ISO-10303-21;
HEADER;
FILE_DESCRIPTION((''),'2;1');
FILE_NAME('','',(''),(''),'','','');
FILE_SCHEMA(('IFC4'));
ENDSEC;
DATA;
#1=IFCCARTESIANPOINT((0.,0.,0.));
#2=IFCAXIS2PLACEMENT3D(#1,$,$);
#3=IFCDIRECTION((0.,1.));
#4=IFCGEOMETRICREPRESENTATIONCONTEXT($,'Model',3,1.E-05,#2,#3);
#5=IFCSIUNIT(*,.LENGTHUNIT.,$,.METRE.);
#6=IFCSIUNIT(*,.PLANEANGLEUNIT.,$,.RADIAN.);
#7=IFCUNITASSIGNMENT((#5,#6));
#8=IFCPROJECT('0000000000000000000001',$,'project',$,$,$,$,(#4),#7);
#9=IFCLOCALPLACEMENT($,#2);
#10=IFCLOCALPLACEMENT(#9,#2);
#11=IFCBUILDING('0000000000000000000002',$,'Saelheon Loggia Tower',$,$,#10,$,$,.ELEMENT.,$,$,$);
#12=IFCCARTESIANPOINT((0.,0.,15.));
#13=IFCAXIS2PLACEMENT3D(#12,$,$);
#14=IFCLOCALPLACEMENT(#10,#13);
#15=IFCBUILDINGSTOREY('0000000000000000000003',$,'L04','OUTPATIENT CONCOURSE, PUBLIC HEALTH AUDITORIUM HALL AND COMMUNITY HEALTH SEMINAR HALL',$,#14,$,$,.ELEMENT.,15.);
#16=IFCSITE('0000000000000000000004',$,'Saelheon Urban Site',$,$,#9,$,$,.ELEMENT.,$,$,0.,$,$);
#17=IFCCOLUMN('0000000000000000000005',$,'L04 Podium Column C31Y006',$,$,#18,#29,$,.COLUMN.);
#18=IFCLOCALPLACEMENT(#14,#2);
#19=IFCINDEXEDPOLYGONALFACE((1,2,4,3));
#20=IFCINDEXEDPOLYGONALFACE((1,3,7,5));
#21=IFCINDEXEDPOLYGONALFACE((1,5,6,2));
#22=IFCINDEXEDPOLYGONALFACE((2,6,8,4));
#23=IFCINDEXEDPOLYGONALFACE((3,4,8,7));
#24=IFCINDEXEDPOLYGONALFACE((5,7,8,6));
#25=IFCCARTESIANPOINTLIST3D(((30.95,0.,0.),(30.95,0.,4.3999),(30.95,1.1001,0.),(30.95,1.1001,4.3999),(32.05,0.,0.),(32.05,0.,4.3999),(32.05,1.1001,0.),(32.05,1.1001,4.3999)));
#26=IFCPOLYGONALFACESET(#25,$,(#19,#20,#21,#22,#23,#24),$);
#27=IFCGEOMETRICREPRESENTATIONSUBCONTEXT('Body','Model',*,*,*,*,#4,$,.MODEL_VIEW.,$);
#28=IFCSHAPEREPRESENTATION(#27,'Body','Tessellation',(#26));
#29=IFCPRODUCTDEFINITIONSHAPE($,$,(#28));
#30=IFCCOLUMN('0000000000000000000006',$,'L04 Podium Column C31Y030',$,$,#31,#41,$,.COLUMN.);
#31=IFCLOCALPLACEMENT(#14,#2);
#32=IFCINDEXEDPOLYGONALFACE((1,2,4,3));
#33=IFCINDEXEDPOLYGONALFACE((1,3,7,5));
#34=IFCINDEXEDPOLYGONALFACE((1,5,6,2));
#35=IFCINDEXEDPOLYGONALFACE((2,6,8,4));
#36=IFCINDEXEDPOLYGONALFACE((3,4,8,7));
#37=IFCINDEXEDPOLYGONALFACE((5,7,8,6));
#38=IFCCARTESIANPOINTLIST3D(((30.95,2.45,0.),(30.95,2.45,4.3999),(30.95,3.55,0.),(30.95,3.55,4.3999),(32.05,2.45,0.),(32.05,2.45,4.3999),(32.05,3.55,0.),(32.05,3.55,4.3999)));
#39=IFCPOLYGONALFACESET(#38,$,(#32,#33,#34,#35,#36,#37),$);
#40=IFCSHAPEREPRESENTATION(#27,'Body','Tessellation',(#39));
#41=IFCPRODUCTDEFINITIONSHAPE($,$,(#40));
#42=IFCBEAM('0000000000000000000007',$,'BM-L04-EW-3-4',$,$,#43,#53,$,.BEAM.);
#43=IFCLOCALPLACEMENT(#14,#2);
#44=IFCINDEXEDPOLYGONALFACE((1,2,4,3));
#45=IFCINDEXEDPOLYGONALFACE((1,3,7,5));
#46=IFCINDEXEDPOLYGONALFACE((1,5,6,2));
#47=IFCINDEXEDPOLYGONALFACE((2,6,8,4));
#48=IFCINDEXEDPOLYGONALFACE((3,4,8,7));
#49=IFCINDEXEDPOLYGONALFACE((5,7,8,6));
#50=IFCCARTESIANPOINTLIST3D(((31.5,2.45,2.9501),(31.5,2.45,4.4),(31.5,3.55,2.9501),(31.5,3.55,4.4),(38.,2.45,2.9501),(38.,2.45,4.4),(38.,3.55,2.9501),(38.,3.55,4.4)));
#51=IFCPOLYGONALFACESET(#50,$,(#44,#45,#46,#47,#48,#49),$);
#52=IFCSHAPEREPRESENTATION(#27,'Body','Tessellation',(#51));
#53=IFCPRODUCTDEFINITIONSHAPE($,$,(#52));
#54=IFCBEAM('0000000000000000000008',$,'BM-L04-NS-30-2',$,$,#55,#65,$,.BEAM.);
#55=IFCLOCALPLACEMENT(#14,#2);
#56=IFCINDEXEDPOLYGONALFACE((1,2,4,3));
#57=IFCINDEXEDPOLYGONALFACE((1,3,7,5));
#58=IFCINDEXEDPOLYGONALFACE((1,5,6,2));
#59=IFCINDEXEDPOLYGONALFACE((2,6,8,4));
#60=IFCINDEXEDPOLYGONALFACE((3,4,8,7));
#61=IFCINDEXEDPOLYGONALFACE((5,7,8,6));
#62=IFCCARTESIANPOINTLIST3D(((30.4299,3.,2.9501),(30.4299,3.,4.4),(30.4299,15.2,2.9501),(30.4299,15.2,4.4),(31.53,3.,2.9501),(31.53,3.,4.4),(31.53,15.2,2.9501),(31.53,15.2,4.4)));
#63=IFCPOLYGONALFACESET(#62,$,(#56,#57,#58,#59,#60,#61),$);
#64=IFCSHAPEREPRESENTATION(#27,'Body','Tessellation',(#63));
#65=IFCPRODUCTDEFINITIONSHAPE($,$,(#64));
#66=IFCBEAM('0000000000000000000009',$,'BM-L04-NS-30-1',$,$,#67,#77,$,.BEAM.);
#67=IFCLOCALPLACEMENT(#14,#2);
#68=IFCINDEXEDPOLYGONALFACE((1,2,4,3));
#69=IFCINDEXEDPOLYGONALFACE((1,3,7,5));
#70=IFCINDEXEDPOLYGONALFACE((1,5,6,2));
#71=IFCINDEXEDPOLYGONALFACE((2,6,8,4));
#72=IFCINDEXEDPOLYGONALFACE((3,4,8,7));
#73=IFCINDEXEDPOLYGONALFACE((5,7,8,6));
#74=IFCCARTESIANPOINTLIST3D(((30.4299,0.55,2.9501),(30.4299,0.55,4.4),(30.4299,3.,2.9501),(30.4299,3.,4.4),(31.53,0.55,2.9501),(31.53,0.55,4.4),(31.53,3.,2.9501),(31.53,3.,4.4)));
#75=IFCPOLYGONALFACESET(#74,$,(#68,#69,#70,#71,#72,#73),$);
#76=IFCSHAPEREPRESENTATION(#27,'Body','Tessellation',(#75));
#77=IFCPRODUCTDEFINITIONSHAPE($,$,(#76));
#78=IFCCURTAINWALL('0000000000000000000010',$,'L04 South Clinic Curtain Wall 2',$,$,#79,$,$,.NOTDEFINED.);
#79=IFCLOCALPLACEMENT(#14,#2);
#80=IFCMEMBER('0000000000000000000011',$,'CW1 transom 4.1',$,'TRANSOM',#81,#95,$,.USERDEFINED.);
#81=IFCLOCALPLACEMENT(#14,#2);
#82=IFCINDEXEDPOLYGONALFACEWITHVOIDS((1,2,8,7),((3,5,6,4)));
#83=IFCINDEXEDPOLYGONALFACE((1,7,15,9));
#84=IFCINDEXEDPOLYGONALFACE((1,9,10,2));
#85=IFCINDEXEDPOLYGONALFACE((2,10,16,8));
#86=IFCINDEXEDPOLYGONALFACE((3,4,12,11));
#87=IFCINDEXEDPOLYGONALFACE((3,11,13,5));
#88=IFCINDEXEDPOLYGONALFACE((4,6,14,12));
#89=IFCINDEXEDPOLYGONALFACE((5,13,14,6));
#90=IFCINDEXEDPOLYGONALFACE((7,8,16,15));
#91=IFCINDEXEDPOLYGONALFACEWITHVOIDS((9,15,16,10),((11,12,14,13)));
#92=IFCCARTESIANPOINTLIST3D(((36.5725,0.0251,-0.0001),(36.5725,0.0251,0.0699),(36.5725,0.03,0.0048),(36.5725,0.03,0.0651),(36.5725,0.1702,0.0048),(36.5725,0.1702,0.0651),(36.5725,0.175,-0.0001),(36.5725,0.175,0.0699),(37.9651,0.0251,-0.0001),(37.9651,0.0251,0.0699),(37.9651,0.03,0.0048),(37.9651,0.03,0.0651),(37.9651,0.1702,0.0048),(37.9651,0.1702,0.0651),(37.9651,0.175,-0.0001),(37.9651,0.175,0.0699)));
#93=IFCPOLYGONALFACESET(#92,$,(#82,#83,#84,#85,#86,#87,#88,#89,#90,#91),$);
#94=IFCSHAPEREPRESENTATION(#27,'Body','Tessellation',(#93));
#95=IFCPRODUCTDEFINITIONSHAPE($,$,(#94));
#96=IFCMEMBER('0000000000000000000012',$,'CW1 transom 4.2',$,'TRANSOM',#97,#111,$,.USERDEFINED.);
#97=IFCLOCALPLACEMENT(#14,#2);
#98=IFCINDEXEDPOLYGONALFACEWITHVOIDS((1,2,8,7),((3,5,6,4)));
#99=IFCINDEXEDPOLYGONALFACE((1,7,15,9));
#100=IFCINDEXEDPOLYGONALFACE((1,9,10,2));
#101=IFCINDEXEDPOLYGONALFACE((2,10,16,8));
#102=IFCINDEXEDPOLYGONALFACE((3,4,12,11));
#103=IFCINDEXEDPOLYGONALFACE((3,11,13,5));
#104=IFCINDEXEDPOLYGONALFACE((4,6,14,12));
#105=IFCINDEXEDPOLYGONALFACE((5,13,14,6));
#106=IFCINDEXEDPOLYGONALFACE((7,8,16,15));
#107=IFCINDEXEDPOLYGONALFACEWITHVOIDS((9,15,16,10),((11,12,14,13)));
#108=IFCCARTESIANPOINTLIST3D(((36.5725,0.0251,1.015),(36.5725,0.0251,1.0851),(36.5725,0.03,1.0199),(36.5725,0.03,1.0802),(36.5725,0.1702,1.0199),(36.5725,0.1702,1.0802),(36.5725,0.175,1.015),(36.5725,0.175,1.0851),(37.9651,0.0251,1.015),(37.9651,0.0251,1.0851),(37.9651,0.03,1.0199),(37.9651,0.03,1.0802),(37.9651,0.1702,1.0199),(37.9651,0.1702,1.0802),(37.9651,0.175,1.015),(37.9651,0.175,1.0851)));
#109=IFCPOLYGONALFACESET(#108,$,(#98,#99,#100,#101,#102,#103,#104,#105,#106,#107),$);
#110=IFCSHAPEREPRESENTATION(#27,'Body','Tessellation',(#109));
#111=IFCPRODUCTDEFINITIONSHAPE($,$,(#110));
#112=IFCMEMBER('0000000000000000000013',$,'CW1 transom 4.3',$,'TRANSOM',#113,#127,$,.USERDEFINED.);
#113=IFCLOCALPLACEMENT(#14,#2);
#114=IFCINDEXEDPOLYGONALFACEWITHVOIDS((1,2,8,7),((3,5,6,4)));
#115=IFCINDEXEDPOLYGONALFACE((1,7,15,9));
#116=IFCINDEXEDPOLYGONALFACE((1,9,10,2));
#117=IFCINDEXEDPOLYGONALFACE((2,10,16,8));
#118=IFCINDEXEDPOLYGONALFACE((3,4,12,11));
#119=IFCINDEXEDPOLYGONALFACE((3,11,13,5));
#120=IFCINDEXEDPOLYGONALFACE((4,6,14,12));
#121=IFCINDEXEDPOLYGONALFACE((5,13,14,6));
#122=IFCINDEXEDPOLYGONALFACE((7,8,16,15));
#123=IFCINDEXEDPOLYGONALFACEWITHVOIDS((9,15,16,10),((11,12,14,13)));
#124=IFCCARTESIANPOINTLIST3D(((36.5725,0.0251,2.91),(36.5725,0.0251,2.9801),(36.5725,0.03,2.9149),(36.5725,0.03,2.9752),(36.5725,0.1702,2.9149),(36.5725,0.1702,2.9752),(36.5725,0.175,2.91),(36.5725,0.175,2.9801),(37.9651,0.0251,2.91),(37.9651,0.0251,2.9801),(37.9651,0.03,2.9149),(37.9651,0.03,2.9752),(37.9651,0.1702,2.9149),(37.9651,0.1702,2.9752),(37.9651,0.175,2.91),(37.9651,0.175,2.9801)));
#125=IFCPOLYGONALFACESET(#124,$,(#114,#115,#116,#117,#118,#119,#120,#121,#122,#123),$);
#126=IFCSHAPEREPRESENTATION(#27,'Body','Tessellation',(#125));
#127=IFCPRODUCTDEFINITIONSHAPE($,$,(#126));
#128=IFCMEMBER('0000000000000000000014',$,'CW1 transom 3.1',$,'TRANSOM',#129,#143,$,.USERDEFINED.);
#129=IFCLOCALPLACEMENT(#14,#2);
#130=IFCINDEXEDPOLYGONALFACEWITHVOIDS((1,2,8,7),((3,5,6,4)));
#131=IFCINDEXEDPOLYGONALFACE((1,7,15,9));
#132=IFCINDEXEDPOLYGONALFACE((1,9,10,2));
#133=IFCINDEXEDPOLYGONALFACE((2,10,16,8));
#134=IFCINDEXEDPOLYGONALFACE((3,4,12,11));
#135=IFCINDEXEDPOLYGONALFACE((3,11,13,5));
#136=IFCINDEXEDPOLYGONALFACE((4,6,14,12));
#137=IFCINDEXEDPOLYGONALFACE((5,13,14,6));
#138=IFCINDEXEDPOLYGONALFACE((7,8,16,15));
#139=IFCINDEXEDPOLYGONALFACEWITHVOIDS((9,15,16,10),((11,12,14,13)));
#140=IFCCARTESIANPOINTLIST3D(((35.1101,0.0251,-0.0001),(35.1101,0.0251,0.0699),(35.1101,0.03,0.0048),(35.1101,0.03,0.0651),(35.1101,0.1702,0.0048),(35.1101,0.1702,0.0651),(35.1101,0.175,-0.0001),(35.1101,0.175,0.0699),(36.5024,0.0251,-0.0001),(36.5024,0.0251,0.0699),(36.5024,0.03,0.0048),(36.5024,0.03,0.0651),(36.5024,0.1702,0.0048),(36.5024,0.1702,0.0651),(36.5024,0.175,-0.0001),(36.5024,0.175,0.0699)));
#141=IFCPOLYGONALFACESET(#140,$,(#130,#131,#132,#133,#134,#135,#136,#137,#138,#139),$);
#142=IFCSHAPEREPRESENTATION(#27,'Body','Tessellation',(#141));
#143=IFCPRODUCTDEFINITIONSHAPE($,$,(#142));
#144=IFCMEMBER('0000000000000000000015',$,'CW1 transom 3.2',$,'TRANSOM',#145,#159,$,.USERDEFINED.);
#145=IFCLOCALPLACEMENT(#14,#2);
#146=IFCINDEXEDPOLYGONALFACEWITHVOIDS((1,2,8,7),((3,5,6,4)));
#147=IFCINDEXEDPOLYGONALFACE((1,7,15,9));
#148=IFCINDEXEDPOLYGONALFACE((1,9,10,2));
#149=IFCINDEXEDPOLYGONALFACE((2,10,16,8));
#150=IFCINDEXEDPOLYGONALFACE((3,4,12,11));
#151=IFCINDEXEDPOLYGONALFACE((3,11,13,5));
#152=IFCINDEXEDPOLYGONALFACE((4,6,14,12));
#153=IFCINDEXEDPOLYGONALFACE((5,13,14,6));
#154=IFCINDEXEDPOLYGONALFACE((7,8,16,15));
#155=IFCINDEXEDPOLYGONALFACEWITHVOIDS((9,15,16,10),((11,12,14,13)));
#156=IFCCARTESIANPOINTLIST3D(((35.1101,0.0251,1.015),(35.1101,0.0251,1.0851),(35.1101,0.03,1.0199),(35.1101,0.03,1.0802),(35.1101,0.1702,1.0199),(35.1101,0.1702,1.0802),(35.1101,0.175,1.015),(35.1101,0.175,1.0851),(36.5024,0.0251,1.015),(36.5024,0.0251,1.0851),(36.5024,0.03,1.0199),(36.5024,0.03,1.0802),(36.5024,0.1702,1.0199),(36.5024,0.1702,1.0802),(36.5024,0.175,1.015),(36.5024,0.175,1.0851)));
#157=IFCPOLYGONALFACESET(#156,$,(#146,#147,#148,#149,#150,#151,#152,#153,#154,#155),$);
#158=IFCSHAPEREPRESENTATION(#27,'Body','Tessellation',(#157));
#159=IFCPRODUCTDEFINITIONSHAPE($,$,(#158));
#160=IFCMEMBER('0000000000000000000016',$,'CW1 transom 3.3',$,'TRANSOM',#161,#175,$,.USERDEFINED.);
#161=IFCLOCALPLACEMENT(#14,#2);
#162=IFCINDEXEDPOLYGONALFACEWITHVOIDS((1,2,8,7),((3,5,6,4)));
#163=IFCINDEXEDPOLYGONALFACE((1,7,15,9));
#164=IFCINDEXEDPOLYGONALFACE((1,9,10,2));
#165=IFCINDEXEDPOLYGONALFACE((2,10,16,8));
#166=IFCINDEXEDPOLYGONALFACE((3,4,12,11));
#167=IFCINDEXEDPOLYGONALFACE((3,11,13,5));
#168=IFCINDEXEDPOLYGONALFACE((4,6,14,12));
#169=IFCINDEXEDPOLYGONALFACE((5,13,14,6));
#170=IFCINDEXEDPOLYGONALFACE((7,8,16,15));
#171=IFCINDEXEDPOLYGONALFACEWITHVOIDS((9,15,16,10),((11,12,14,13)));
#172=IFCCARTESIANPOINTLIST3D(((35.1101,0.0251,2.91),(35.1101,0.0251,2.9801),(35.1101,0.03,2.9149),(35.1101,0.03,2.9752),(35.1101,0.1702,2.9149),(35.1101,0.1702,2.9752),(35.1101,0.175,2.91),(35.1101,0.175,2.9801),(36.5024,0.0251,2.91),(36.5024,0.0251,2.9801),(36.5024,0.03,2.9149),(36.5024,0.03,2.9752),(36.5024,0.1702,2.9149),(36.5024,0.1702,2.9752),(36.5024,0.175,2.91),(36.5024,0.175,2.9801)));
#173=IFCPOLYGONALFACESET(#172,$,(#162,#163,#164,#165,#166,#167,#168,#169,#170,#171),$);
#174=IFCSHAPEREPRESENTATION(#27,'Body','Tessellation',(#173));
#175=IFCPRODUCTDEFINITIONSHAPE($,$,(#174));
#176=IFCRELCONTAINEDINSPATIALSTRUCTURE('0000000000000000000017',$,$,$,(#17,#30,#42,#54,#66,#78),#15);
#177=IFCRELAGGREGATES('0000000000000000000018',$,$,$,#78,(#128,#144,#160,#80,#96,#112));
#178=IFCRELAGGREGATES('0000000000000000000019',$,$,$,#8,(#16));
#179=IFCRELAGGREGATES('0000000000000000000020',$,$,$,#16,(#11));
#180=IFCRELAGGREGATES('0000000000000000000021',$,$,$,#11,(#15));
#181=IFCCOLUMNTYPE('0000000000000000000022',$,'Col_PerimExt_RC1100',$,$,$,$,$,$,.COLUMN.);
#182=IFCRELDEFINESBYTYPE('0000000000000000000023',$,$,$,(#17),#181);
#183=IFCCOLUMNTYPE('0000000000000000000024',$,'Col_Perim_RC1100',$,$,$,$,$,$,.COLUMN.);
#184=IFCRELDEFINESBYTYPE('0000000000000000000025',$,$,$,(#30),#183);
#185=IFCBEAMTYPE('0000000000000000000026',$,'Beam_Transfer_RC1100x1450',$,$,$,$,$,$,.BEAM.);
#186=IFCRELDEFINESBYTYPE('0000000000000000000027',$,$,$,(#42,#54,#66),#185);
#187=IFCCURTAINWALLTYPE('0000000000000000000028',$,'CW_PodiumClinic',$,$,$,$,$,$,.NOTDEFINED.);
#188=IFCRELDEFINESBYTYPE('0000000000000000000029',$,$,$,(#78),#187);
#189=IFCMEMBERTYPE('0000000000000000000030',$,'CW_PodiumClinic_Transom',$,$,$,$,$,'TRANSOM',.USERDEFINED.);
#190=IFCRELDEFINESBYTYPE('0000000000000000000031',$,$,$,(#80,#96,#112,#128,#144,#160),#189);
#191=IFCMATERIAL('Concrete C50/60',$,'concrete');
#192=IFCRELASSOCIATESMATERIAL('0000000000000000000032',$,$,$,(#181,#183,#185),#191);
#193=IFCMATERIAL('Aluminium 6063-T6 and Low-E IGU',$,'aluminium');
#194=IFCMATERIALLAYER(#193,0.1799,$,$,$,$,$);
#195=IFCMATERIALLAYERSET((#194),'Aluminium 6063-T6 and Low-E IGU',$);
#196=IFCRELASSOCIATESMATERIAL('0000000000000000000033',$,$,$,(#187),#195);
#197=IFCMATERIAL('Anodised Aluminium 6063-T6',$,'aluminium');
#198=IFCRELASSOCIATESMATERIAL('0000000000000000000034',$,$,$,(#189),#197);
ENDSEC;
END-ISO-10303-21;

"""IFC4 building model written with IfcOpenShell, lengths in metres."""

from ifc_helpers import new_model, si_unit, direction, frame, origin, origin_2d, place, context, subcontext, project, spatial, rectangle, hollow_rectangle, extrude, source, transform, mapped, material, layer, layer_set, material_profile, profile_set, type_object, element, aggregate, save


model = new_model("IFC4")

# Units and contexts
model_context = context("Model", 3, precision=1e-05, world=origin(), true_north=direction((0.0, 1.0)))
body_context = subcontext(model_context, "Body", "Model", "MODEL_VIEW")
ifc_project = project(units=[si_unit("LENGTHUNIT", "METRE"), si_unit("PLANEANGLEUNIT", "RADIAN")], contexts=[model_context])

# Site, building, storey
site_placement = place(None, origin())
site = spatial("IfcSite", under=ifc_project, at=site_placement, Name="Saelheon Urban Site", CompositionType="ELEMENT", RefElevation=0.0)
building_placement = place(site_placement, origin())
building = spatial("IfcBuilding", under=site, at=building_placement, Name="Saelheon Loggia Tower", CompositionType="ELEMENT")
storey_placement = place(building_placement, frame((0.0, 0.0, 15.0)))
storey = spatial("IfcBuildingStorey", under=building, at=storey_placement, Name="L04", Description="OUTPATIENT CONCOURSE, PUBLIC HEALTH AUDITORIUM HALL AND COMMUNITY HEALTH SEMINAR HALL", CompositionType="ELEMENT", Elevation=15.0)

# Columns
ifc_material_1 = material(Name="Concrete C50/60", Category="concrete")
ifc_material_profile_1 = material_profile(ifc_material_1, rectangle(XDim=1.1001, YDim=1.1001, at=origin_2d()), Name="RC-1100x1100")
ifc_profile_set_1 = profile_set([ifc_material_profile_1], Name="Concrete C50/60")
column_type_1 = type_object("IfcColumnType", Name="Col_PerimExt_RC1100", PredefinedType="COLUMN", material=ifc_profile_set_1)
shared_shape_1 = source(origin(), body_context, "Body", "SweptSolid", [
    extrude(rectangle(XDim=1.1001, YDim=1.1001, at=origin_2d()), origin(), (0.0, 0.0, 1.0), 4.3999),
])
column_1_placement = place(storey_placement, frame((31.5, 0.55, 0.0), z_axis=(0.0, 0.0, 1.0), x_axis=(1.0, 0.0, 0.0)))
element("IfcColumn", 1, at=column_1_placement, inside=storey, type_object=column_type_1, Name="L04 Podium Column C31Y006", PredefinedType="COLUMN", context=body_context, shape_type="MappedRepresentation", body=[
    mapped(shared_shape_1, transform((0.0, 0.0, 0.0), scale=1.0)),
])
ifc_material_profile_2 = material_profile(ifc_material_1, rectangle(XDim=1.1001, YDim=1.1001, at=origin_2d()), Name="RC-1100x1100")
ifc_profile_set_2 = profile_set([ifc_material_profile_2], Name="Concrete C50/60")
column_type_2 = type_object("IfcColumnType", Name="Col_Perim_RC1100", PredefinedType="COLUMN", material=ifc_profile_set_2)
column_2_placement = place(storey_placement, frame((31.5, 3.0, 0.0), z_axis=(0.0, 0.0, 1.0), x_axis=(1.0, 0.0, 0.0)))
element("IfcColumn", 2, at=column_2_placement, inside=storey, type_object=column_type_2, Name="L04 Podium Column C31Y030", PredefinedType="COLUMN", context=body_context, shape_type="MappedRepresentation", body=[
    mapped(shared_shape_1, transform((0.0, 0.0, 0.0), scale=1.0)),
])

# Beams
ifc_material_profile_3 = material_profile(ifc_material_1, rectangle(XDim=1.1001, YDim=1.45, at=origin_2d()), Name="RC-1100x1450")
ifc_profile_set_3 = profile_set([ifc_material_profile_3], Name="Concrete C50/60")
beam_type = type_object("IfcBeamType", Name="Beam_Transfer_RC1100x1450", PredefinedType="BEAM", material=ifc_profile_set_3)
shared_shape_2 = source(origin(), body_context, "Body", "SweptSolid", [
    extrude(rectangle(XDim=1.1001, YDim=1.45, at=origin_2d()), origin(), (0.0, 0.0, 1.0), 6.5),
])
beam_1_placement = place(storey_placement, frame((31.5, 3.0, 3.675), z_axis=(1.0, 0.0, 0.0), x_axis=(0.0, 1.0, 0.0)))
element("IfcBeam", 3, at=beam_1_placement, inside=storey, type_object=beam_type, Name="BM-L04-EW-3-4", PredefinedType="BEAM", context=body_context, shape_type="MappedRepresentation", body=[
    mapped(shared_shape_2, transform((0.0, 0.0, 0.0), scale=1.0)),
])
shared_shape_3 = source(origin(), body_context, "Body", "SweptSolid", [
    extrude(rectangle(XDim=1.1001, YDim=1.45, at=origin_2d()), origin(), (0.0, 0.0, 1.0), 12.2),
])
beam_2_placement = place(storey_placement, frame((30.98, 3.0, 3.675), z_axis=(0.0, 1.0, 0.0), x_axis=(-1.0, 0.0, 0.0)))
element("IfcBeam", 4, at=beam_2_placement, inside=storey, type_object=beam_type, Name="BM-L04-NS-30-2", PredefinedType="BEAM", context=body_context, shape_type="MappedRepresentation", body=[
    mapped(shared_shape_3, transform((0.0, 0.0, 0.0), scale=1.0)),
])
shared_shape_4 = source(origin(), body_context, "Body", "SweptSolid", [
    extrude(rectangle(XDim=1.1001, YDim=1.45, at=origin_2d()), origin(), (0.0, 0.0, 1.0), 2.45),
])
beam_3_placement = place(storey_placement, frame((30.98, 0.55, 3.675), z_axis=(0.0, 1.0, 0.0), x_axis=(-1.0, 0.0, 0.0)))
element("IfcBeam", 5, at=beam_3_placement, inside=storey, type_object=beam_type, Name="BM-L04-NS-30-1", PredefinedType="BEAM", context=body_context, shape_type="MappedRepresentation", body=[
    mapped(shared_shape_4, transform((0.0, 0.0, 0.0), scale=1.0)),
])

# Curtain wall, members
ifc_material_2 = material(Name="Aluminium 6063-T6 and Low-E IGU", Category="aluminium")
ifc_layer_1 = layer(ifc_material_2, 0.1799)
ifc_layer_set_1 = layer_set([ifc_layer_1], Name="Aluminium 6063-T6 and Low-E IGU")
curtain_wall_type = type_object("IfcCurtainWallType", Name="CW_PodiumClinic", PredefinedType="NOTDEFINED", material=ifc_layer_set_1)
curtain_wall_placement = place(storey_placement, origin())
curtain_wall = element("IfcCurtainWall", 6, at=curtain_wall_placement, inside=storey, type_object=curtain_wall_type, Name="L04 South Clinic Curtain Wall 2", PredefinedType="NOTDEFINED")
ifc_material_3 = material(Name="Anodised Aluminium 6063-T6", Category="aluminium")
ifc_material_profile_4 = material_profile(ifc_material_3, hollow_rectangle(XDim=0.0701, YDim=0.1499, WallThickness=0.0049, at=origin_2d()), Name="RHS-150x70x5")
ifc_profile_set_4 = profile_set([ifc_material_profile_4], Name="Anodised Aluminium 6063-T6")
member_type_1 = type_object("IfcMemberType", Name="CW_PodiumClinic_Transom", ElementType="TRANSOM", PredefinedType="USERDEFINED", material=ifc_profile_set_4)
shared_shape_5 = source(origin(), body_context, "Body", "SweptSolid", [
    extrude(hollow_rectangle(XDim=0.0701, YDim=0.1499, WallThickness=0.0049, at=origin_2d()), origin(), (0.0, 0.0, 1.0), 1.3926),
])
member_1_placement = place(storey_placement, frame((36.5725, 0.1001, 0.0349), z_axis=(1.0, 0.0, 0.0), x_axis=(0.0, 0.0, 1.0)))
member_1 = element("IfcMember", 7, at=member_1_placement, type_object=member_type_1, Name="CW1 transom 4.1", ObjectType="TRANSOM", PredefinedType="USERDEFINED", context=body_context, shape_type="MappedRepresentation", body=[
    mapped(shared_shape_5, transform((0.0, 0.0, 0.0), scale=1.0)),
])
member_2_placement = place(storey_placement, frame((36.5725, 0.1001, 1.05), z_axis=(1.0, 0.0, 0.0), x_axis=(0.0, 0.0, 1.0)))
member_2 = element("IfcMember", 8, at=member_2_placement, type_object=member_type_1, Name="CW1 transom 4.2", ObjectType="TRANSOM", PredefinedType="USERDEFINED", context=body_context, shape_type="MappedRepresentation", body=[
    mapped(shared_shape_5, transform((0.0, 0.0, 0.0), scale=1.0)),
])
member_3_placement = place(storey_placement, frame((36.5725, 0.1001, 2.9451), z_axis=(1.0, 0.0, 0.0), x_axis=(0.0, 0.0, 1.0)))
member_3 = element("IfcMember", 9, at=member_3_placement, type_object=member_type_1, Name="CW1 transom 4.3", ObjectType="TRANSOM", PredefinedType="USERDEFINED", context=body_context, shape_type="MappedRepresentation", body=[
    mapped(shared_shape_5, transform((0.0, 0.0, 0.0), scale=1.0)),
])
shared_shape_6 = source(origin(), body_context, "Body", "SweptSolid", [
    extrude(hollow_rectangle(XDim=0.0701, YDim=0.1499, WallThickness=0.0049, at=origin_2d()), origin(), (0.0, 0.0, 1.0), 1.3923),
])
member_4_placement = place(storey_placement, frame((35.1101, 0.1001, 0.0349), z_axis=(1.0, 0.0, 0.0), x_axis=(0.0, 0.0, 1.0)))
member_4 = element("IfcMember", 10, at=member_4_placement, type_object=member_type_1, Name="CW1 transom 3.1", ObjectType="TRANSOM", PredefinedType="USERDEFINED", context=body_context, shape_type="MappedRepresentation", body=[
    mapped(shared_shape_6, transform((0.0, 0.0, 0.0), scale=1.0)),
])
member_5_placement = place(storey_placement, frame((35.1101, 0.1001, 1.05), z_axis=(1.0, 0.0, 0.0), x_axis=(0.0, 0.0, 1.0)))
member_5 = element("IfcMember", 11, at=member_5_placement, type_object=member_type_1, Name="CW1 transom 3.2", ObjectType="TRANSOM", PredefinedType="USERDEFINED", context=body_context, shape_type="MappedRepresentation", body=[
    mapped(shared_shape_6, transform((0.0, 0.0, 0.0), scale=1.0)),
])
member_6_placement = place(storey_placement, frame((35.1101, 0.1001, 2.9451), z_axis=(1.0, 0.0, 0.0), x_axis=(0.0, 0.0, 1.0)))
member_6 = element("IfcMember", 12, at=member_6_placement, type_object=member_type_1, Name="CW1 transom 3.3", ObjectType="TRANSOM", PredefinedType="USERDEFINED", context=body_context, shape_type="MappedRepresentation", body=[
    mapped(shared_shape_6, transform((0.0, 0.0, 0.0), scale=1.0)),
])
aggregate(curtain_wall, [member_4, member_5, member_6, member_1, member_2, member_3])

save(model, "model.ifc")
